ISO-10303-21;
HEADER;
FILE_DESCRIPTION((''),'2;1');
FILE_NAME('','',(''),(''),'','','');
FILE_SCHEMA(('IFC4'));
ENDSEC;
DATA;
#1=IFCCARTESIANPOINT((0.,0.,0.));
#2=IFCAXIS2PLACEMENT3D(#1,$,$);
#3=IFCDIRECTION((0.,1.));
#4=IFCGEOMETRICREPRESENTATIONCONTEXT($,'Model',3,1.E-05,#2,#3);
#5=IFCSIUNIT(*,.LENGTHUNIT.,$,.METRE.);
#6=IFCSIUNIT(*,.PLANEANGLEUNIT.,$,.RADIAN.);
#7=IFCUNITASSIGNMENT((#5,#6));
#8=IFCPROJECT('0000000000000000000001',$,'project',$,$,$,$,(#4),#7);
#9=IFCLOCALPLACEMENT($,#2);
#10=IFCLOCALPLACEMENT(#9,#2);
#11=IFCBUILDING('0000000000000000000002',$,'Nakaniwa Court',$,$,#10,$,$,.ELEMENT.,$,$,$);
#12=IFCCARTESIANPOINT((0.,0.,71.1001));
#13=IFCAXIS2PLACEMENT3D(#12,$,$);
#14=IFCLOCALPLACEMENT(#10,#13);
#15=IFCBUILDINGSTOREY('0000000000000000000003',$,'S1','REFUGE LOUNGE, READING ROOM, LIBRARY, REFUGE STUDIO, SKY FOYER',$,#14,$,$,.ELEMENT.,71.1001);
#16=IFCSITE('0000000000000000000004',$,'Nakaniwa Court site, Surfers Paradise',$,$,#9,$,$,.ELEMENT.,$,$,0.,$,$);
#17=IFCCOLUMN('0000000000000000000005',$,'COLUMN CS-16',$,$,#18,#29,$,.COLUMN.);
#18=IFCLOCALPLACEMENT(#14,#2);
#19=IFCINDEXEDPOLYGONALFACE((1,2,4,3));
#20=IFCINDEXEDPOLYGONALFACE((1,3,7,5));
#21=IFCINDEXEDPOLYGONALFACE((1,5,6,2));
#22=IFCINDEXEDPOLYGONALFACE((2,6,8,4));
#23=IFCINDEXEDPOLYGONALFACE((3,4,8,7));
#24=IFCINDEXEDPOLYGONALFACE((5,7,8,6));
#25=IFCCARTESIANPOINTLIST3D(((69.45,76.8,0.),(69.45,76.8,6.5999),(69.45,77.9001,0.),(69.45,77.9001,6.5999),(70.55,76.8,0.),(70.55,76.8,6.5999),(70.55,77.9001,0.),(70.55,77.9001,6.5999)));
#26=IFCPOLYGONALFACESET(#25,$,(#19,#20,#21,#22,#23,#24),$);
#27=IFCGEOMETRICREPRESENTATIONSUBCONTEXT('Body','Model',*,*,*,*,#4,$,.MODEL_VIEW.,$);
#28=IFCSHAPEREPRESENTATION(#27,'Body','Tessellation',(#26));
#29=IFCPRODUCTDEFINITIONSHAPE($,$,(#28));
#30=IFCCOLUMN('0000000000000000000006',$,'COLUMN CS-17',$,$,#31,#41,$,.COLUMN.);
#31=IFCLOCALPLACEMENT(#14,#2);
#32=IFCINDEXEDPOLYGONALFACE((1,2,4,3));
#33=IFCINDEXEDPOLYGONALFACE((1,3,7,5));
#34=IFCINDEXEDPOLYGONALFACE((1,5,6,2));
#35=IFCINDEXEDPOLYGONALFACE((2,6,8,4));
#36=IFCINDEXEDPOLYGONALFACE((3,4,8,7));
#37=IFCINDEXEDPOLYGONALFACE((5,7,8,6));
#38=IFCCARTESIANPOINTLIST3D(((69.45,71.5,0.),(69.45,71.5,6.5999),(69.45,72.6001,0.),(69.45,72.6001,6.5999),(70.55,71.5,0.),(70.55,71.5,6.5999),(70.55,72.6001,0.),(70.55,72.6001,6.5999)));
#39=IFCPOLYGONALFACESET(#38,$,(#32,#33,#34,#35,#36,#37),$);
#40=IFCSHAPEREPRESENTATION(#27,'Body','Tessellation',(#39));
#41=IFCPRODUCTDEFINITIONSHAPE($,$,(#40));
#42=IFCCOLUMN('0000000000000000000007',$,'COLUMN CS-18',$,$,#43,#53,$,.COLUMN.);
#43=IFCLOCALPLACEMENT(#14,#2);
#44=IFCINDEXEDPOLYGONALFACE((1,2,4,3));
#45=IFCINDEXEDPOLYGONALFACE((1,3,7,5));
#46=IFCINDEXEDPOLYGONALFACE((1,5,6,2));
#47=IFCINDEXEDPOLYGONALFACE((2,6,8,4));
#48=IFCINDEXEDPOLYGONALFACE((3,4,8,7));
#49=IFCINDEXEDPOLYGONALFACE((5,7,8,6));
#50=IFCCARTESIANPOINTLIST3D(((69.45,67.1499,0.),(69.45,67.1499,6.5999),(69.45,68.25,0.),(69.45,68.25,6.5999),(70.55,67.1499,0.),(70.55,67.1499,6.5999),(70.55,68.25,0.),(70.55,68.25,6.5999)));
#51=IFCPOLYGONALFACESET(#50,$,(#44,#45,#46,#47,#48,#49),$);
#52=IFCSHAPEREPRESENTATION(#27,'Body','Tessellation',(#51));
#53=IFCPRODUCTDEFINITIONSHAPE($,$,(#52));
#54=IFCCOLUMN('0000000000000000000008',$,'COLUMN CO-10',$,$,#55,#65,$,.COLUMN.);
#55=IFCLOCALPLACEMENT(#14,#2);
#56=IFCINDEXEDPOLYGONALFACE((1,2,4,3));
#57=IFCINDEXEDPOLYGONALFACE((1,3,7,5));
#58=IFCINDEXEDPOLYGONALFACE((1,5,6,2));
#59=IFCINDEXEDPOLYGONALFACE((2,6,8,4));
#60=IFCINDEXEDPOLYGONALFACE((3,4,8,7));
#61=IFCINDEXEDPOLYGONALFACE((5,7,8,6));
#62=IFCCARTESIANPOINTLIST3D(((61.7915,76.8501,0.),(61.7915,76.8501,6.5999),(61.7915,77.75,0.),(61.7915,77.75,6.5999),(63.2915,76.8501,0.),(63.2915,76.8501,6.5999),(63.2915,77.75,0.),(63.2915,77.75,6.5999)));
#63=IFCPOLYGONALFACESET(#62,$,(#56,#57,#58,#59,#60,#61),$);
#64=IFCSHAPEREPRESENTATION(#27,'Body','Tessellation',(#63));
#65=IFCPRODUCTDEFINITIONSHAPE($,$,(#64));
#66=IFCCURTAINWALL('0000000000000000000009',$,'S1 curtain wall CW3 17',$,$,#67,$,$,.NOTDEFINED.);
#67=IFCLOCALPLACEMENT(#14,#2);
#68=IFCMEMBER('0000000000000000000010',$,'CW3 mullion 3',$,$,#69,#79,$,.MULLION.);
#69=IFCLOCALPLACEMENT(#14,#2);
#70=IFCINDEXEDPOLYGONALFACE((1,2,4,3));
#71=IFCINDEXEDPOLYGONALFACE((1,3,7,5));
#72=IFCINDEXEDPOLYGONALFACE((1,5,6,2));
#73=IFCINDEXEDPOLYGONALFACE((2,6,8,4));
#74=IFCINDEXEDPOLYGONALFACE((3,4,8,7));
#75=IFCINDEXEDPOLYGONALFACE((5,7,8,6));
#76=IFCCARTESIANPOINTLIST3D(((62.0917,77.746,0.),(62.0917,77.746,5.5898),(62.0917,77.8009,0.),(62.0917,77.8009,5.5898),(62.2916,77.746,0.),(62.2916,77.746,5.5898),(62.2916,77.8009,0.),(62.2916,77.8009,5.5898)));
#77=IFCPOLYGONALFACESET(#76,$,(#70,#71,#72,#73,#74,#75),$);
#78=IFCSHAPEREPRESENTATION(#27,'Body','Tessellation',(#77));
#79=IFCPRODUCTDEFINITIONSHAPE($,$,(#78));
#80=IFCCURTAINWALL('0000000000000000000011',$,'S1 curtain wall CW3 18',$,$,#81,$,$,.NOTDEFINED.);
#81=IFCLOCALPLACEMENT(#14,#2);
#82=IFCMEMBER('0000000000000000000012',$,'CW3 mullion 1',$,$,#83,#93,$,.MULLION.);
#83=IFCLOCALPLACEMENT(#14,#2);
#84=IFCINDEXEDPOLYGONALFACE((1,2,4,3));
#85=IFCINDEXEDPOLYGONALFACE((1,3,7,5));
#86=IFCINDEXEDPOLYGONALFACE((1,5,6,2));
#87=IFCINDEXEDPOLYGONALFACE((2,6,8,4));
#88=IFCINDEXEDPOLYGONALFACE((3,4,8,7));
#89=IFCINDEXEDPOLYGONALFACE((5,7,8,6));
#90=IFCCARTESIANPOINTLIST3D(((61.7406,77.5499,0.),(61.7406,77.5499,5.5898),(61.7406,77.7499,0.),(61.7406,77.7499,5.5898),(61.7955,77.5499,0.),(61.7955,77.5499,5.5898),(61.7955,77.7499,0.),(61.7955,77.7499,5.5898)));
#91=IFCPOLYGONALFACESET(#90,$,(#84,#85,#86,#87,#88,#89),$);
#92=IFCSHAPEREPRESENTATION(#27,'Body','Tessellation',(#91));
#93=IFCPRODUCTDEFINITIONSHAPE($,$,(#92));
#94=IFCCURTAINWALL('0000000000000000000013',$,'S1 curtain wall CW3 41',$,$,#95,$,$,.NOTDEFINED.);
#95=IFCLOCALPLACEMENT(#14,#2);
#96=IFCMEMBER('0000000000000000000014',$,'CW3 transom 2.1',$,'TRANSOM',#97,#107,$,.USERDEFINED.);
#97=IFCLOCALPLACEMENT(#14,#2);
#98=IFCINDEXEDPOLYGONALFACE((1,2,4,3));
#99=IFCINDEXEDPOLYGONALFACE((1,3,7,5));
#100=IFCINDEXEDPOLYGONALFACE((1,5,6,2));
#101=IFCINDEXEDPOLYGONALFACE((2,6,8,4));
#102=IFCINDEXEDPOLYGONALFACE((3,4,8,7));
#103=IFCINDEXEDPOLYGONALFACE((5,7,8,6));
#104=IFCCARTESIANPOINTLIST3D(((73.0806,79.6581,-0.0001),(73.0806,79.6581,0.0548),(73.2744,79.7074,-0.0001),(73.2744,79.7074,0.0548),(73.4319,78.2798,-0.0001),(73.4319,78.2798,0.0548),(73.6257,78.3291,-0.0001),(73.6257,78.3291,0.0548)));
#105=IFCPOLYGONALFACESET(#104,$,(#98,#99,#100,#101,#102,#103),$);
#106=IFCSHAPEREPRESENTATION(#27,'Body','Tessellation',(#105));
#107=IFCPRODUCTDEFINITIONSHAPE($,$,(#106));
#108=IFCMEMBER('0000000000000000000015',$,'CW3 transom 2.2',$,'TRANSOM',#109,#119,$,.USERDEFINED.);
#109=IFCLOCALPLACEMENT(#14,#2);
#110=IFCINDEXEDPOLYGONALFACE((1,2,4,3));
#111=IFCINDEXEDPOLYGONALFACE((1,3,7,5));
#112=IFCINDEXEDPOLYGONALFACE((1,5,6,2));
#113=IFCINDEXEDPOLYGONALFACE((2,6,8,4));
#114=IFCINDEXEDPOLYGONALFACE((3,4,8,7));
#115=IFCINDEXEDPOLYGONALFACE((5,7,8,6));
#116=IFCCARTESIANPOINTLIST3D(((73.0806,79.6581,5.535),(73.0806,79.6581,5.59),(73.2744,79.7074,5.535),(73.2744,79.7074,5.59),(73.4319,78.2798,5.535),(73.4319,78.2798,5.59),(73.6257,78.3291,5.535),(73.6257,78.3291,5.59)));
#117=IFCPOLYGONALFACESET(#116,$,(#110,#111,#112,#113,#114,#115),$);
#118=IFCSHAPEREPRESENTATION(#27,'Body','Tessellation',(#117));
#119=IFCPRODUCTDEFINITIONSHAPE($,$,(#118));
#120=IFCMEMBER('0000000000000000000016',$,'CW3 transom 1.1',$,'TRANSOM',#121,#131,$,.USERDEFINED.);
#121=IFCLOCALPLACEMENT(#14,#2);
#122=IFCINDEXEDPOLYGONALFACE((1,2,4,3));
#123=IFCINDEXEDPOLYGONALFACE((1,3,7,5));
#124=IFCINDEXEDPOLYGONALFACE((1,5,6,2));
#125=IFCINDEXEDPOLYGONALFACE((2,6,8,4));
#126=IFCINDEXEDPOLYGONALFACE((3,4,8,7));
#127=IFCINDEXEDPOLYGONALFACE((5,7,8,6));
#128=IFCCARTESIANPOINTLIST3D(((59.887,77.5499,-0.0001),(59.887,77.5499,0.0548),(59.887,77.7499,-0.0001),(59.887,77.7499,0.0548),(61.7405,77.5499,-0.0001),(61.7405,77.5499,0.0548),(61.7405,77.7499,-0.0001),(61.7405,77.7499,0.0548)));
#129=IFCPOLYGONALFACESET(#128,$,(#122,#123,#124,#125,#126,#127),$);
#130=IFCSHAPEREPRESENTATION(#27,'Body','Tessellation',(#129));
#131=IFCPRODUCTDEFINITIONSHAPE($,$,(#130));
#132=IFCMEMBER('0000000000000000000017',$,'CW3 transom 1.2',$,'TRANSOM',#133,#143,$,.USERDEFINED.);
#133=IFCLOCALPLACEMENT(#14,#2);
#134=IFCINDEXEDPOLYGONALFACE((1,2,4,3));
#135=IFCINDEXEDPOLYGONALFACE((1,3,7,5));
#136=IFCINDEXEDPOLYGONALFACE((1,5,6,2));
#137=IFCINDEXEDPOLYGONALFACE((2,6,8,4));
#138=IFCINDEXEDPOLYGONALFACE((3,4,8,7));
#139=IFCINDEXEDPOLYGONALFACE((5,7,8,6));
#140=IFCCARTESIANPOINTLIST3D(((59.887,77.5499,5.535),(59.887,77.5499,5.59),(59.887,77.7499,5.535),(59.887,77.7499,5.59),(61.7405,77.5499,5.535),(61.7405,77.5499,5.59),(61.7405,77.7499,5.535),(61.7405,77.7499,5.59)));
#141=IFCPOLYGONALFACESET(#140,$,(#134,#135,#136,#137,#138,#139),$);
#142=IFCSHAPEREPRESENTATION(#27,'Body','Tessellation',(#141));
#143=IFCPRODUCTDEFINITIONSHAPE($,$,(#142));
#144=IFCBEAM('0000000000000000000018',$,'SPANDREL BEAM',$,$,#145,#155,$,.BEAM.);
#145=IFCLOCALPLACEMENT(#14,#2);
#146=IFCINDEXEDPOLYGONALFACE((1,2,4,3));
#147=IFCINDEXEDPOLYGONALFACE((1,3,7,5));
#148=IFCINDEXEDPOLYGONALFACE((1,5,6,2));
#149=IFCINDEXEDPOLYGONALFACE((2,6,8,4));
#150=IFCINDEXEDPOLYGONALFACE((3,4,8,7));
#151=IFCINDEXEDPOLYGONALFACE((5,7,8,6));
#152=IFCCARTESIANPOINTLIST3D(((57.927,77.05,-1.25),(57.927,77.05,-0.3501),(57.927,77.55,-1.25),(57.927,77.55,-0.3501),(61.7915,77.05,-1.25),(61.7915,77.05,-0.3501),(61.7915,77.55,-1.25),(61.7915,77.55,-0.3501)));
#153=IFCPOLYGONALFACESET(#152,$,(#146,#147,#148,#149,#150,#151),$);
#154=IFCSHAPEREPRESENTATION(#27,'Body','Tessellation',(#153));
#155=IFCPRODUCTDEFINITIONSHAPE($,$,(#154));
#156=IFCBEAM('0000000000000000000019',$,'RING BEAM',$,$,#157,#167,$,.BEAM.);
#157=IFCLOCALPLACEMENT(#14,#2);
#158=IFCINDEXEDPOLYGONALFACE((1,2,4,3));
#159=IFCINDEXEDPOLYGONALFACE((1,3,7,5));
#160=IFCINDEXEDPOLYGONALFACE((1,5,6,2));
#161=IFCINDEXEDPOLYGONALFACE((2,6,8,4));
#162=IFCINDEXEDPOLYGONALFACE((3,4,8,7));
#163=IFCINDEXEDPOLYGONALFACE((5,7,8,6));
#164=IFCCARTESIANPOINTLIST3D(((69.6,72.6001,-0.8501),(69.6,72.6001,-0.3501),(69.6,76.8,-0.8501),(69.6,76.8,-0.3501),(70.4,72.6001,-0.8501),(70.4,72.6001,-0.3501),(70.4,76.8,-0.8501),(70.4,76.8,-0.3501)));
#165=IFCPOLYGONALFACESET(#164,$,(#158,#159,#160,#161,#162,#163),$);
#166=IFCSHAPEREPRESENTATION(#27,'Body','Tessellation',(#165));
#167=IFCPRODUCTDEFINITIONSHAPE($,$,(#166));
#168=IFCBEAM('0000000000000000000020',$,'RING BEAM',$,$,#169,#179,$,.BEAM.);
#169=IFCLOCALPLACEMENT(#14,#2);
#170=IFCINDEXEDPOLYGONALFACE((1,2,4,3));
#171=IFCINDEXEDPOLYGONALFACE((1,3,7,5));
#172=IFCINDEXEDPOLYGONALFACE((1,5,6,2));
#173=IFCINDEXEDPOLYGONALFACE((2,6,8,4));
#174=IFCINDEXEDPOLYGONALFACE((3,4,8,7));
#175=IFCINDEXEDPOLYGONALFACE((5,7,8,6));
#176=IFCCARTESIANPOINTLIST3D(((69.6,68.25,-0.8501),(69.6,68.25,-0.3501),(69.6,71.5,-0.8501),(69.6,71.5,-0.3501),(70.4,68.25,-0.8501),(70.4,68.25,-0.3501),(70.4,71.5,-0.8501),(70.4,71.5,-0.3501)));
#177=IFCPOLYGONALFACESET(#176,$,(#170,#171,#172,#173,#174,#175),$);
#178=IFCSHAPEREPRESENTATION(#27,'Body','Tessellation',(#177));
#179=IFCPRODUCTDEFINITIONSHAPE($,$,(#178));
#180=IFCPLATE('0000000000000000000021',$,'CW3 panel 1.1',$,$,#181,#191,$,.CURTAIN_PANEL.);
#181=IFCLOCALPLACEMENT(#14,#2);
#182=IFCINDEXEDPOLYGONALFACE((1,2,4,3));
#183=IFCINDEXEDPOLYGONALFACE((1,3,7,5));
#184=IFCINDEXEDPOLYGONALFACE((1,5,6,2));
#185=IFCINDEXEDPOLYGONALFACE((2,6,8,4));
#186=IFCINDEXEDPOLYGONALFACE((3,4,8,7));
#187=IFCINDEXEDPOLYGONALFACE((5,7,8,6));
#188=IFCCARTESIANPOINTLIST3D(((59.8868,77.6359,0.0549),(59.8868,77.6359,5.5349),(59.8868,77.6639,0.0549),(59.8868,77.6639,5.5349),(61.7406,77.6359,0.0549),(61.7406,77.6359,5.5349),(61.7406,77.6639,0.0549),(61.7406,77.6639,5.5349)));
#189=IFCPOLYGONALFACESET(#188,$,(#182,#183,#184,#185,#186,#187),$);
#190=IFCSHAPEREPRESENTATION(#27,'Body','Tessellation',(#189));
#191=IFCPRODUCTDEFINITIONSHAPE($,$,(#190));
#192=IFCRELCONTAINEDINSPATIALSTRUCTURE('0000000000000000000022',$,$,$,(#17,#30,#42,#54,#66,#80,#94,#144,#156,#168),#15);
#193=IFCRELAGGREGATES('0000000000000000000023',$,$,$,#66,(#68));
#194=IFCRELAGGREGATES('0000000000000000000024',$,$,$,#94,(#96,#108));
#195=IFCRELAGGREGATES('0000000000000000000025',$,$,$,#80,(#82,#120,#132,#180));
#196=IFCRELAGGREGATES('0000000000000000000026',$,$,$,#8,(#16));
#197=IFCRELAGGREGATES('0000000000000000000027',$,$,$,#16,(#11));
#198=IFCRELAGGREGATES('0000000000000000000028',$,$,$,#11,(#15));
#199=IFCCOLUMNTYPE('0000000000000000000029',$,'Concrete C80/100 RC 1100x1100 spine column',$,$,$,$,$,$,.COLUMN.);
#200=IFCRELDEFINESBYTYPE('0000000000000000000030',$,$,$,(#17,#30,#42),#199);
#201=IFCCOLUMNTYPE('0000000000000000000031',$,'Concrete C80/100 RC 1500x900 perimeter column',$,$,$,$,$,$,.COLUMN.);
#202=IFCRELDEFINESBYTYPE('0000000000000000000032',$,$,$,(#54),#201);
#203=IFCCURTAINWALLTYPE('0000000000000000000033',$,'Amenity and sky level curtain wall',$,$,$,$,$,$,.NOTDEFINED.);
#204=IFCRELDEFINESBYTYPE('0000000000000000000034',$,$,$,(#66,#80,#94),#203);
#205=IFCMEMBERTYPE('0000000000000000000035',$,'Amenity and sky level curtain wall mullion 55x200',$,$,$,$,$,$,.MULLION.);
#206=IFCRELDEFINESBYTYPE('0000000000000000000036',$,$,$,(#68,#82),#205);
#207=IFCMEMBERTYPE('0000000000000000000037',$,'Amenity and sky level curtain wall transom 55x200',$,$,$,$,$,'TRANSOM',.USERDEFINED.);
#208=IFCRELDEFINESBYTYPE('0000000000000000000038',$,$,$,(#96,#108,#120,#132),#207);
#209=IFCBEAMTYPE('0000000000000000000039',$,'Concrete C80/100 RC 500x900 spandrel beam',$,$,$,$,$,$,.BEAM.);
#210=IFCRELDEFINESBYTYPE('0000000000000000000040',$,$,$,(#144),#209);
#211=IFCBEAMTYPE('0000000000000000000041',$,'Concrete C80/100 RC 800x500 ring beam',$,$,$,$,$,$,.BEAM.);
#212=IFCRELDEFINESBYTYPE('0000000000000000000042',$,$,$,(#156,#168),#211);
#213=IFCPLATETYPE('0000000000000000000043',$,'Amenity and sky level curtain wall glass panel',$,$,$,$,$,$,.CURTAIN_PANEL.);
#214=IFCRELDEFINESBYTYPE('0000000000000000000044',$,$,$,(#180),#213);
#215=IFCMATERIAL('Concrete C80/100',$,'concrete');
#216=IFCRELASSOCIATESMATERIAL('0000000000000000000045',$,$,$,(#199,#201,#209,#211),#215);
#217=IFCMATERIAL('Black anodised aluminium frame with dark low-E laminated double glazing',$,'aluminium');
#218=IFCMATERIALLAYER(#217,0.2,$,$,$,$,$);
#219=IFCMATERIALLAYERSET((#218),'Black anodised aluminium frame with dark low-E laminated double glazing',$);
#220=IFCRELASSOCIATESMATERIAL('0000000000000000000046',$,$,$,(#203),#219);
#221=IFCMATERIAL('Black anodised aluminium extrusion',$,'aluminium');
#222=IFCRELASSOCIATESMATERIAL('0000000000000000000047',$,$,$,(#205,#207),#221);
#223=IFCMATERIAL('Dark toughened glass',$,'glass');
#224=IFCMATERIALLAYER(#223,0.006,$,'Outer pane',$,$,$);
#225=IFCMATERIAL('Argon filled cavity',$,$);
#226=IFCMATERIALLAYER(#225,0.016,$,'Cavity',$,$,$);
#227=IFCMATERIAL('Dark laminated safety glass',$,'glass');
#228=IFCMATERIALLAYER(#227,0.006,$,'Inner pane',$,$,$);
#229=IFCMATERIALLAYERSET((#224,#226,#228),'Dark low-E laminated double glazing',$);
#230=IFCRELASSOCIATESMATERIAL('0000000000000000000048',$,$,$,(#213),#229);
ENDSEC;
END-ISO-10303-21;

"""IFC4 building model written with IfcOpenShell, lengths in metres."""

from ifc_helpers import new_model, si_unit, direction, frame, origin, origin_2d, place, context, subcontext, project, spatial, rectangle, extrude, material, layer, layer_set, material_profile, profile_set, type_object, element, aggregate, save


model = new_model("IFC4")

# Units and contexts
model_context = context("Model", 3, precision=1e-05, world=origin(), true_north=direction((0.0, 1.0)))
body_context = subcontext(model_context, "Body", "Model", "MODEL_VIEW")
ifc_project = project(units=[si_unit("LENGTHUNIT", "METRE"), si_unit("PLANEANGLEUNIT", "RADIAN")], contexts=[model_context])

# Site, building, storey
site_placement = place(None, origin())
site = spatial("IfcSite", under=ifc_project, at=site_placement, Name="Nakaniwa Court site, Surfers Paradise", CompositionType="ELEMENT", RefElevation=0.0)
building_placement = place(site_placement, origin())
building = spatial("IfcBuilding", under=site, at=building_placement, Name="Nakaniwa Court", CompositionType="ELEMENT")
storey_placement = place(building_placement, frame((0.0, 0.0, 71.1001)))
storey = spatial("IfcBuildingStorey", under=building, at=storey_placement, Name="S1", Description="REFUGE LOUNGE, READING ROOM, LIBRARY, REFUGE STUDIO, SKY FOYER", CompositionType="ELEMENT", Elevation=71.1001)

# Columns
ifc_material_1 = material(Name="Concrete C80/100", Category="concrete")
ifc_material_profile_1 = material_profile(ifc_material_1, rectangle(XDim=1.1001, YDim=1.1001, at=origin_2d()), Name="Concrete C80/100 RC 1100x1100 spine column")
ifc_profile_set_1 = profile_set([ifc_material_profile_1], Name="Concrete C80/100")
column_type_1 = type_object("IfcColumnType", Name="Concrete C80/100 RC 1100x1100 spine column", PredefinedType="COLUMN", material=ifc_profile_set_1)
for number, where, z_axis, x_axis, name in (
    (1, (70.0, 77.3501, 0.0), (0.0, 0.0, 1.0), (0.0, -1.0, 0.0), "COLUMN CS-16"),
    (2, (70.0, 72.05, 0.0), (0.0, 0.0, 1.0), (0.0, -1.0, 0.0), "COLUMN CS-17"),
    (3, (70.0, 67.7, 0.0), (0.0, 0.0, 1.0), (0.0, -1.0, 0.0), "COLUMN CS-18"),
):
    element("IfcColumn", number, at=place(storey_placement, frame(where, z_axis=z_axis, x_axis=x_axis)), inside=storey, type_object=column_type_1, Name=name, PredefinedType="COLUMN", context=body_context, shape_type="SweptSolid", body=[
        extrude(rectangle(XDim=1.1001, YDim=1.1001, at=origin_2d()), origin(), (0.0, 0.0, 1.0), 6.5999),
    ])
ifc_material_profile_2 = material_profile(ifc_material_1, rectangle(XDim=1.5, YDim=0.8999, at=origin_2d()), Name="Concrete C80/100 RC 1500x900 perimeter column")
ifc_profile_set_2 = profile_set([ifc_material_profile_2], Name="Concrete C80/100")
column_type_2 = type_object("IfcColumnType", Name="Concrete C80/100 RC 1500x900 perimeter column", PredefinedType="COLUMN", material=ifc_profile_set_2)
column_placement = place(storey_placement, frame((62.5415, 77.3, 0.0), z_axis=(0.0, 0.0, 1.0), x_axis=(-1.0, 0.0, 0.0)))
element("IfcColumn", 4, at=column_placement, inside=storey, type_object=column_type_2, Name="COLUMN CO-10", PredefinedType="COLUMN", context=body_context, shape_type="SweptSolid", body=[
    extrude(rectangle(XDim=1.5, YDim=0.8999, at=origin_2d()), origin(), (0.0, 0.0, 1.0), 6.5999),
])

# Curtain walls, members
ifc_material_2 = material(Name="Black anodised aluminium frame with dark low-E laminated double glazing", Category="aluminium")
ifc_layer_1 = layer(ifc_material_2, 0.2)
ifc_layer_set_1 = layer_set([ifc_layer_1], Name="Black anodised aluminium frame with dark low-E laminated double glazing")
curtain_wall_type = type_object("IfcCurtainWallType", Name="Amenity and sky level curtain wall", PredefinedType="NOTDEFINED", material=ifc_layer_set_1)
curtain_wall_1_placement = place(storey_placement, origin())
curtain_wall_1 = element("IfcCurtainWall", 5, at=curtain_wall_1_placement, inside=storey, type_object=curtain_wall_type, Name="S1 curtain wall CW3 17", PredefinedType="NOTDEFINED")
ifc_material_3 = material(Name="Black anodised aluminium extrusion", Category="aluminium")
ifc_material_profile_3 = material_profile(ifc_material_3, rectangle(XDim=0.2, YDim=0.0549, at=origin_2d()), Name="Amenity and sky level curtain wall mullion 55x200")
ifc_profile_set_3 = profile_set([ifc_material_profile_3], Name="Black anodised aluminium extrusion")
member_type_1 = type_object("IfcMemberType", Name="Amenity and sky level curtain wall mullion 55x200", PredefinedType="MULLION", material=ifc_profile_set_3)
member_1_placement = place(storey_placement, frame((62.1917, 77.7734, 0.0), z_axis=(0.0, 0.0, 1.0), x_axis=(1.0, 0.0, 0.0)))
member_1 = element("IfcMember", 6, at=member_1_placement, type_object=member_type_1, Name="CW3 mullion 3", PredefinedType="MULLION", context=body_context, shape_type="SweptSolid", body=[
    extrude(rectangle(XDim=0.2, YDim=0.0549, at=origin_2d()), origin(), (0.0, 0.0, 1.0), 5.5898),
])
aggregate(curtain_wall_1, [member_1])
curtain_wall_2_placement = place(storey_placement, origin())
curtain_wall_2 = element("IfcCurtainWall", 7, at=curtain_wall_2_placement, inside=storey, type_object=curtain_wall_type, Name="S1 curtain wall CW3 18", PredefinedType="NOTDEFINED")
member_2_placement = place(storey_placement, frame((61.7681, 77.6499, 0.0), z_axis=(0.0, 0.0, 1.0), x_axis=(0.0, -1.0, 0.0)))
member_2 = element("IfcMember", 8, at=member_2_placement, type_object=member_type_1, Name="CW3 mullion 1", PredefinedType="MULLION", context=body_context, shape_type="SweptSolid", body=[
    extrude(rectangle(XDim=0.2, YDim=0.0549, at=origin_2d()), origin(), (0.0, 0.0, 1.0), 5.5898),
])

# Curtain wall, members
curtain_wall_3_placement = place(storey_placement, origin())
curtain_wall_3 = element("IfcCurtainWall", 9, at=curtain_wall_3_placement, inside=storey, type_object=curtain_wall_type, Name="S1 curtain wall CW3 41", PredefinedType="NOTDEFINED")
ifc_material_profile_4 = material_profile(ifc_material_3, rectangle(XDim=0.2, YDim=0.0549, at=origin_2d()), Name="Amenity and sky level curtain wall transom 55x200")
ifc_profile_set_4 = profile_set([ifc_material_profile_4], Name="Black anodised aluminium extrusion")
member_type_2 = type_object("IfcMemberType", Name="Amenity and sky level curtain wall transom 55x200", ElementType="TRANSOM", PredefinedType="USERDEFINED", material=ifc_profile_set_4)
member_3_placement = place(storey_placement, frame((73.5288, 78.3044, 0.0273), z_axis=(-0.246975, 0.969022, 0.0), x_axis=(-0.969022, -0.246975, 0.0)))
member_3 = element("IfcMember", 10, at=member_3_placement, type_object=member_type_2, Name="CW3 transom 2.1", ObjectType="TRANSOM", PredefinedType="USERDEFINED", context=body_context, shape_type="SweptSolid", body=[
    extrude(rectangle(XDim=0.2, YDim=0.0549, at=origin_2d()), origin(), (0.0, 0.0, 1.0), 1.4224),
])
member_4_placement = place(storey_placement, frame((73.5288, 78.3044, 5.5625), z_axis=(-0.246975, 0.969022, 0.0), x_axis=(-0.969022, -0.246975, 0.0)))
member_4 = element("IfcMember", 11, at=member_4_placement, type_object=member_type_2, Name="CW3 transom 2.2", ObjectType="TRANSOM", PredefinedType="USERDEFINED", context=body_context, shape_type="SweptSolid", body=[
    extrude(rectangle(XDim=0.2, YDim=0.0549, at=origin_2d()), origin(), (0.0, 0.0, 1.0), 1.4224),
])
aggregate(curtain_wall_3, [member_3, member_4])

# Members
member_5_placement = place(storey_placement, frame((61.7405, 77.6499, 0.0273), z_axis=(-1.0, 0.0, 0.0), x_axis=(0.0, -1.0, 0.0)))
member_5 = element("IfcMember", 12, at=member_5_placement, type_object=member_type_2, Name="CW3 transom 1.1", ObjectType="TRANSOM", PredefinedType="USERDEFINED", context=body_context, shape_type="SweptSolid", body=[
    extrude(rectangle(XDim=0.2, YDim=0.0549, at=origin_2d()), origin(), (0.0, 0.0, 1.0), 1.8535),
])
member_6_placement = place(storey_placement, frame((61.7405, 77.6499, 5.5625), z_axis=(-1.0, 0.0, 0.0), x_axis=(0.0, -1.0, 0.0)))
member_6 = element("IfcMember", 13, at=member_6_placement, type_object=member_type_2, Name="CW3 transom 1.2", ObjectType="TRANSOM", PredefinedType="USERDEFINED", context=body_context, shape_type="SweptSolid", body=[
    extrude(rectangle(XDim=0.2, YDim=0.0549, at=origin_2d()), origin(), (0.0, 0.0, 1.0), 1.8535),
])

# Beams
ifc_material_profile_5 = material_profile(ifc_material_1, rectangle(XDim=0.5, YDim=0.8999, at=origin_2d()), Name="Concrete C80/100 RC 500x900 spandrel beam")
ifc_profile_set_5 = profile_set([ifc_material_profile_5], Name="Concrete C80/100")
beam_type_1 = type_object("IfcBeamType", Name="Concrete C80/100 RC 500x900 spandrel beam", PredefinedType="BEAM", material=ifc_profile_set_5)
beam_1_placement = place(storey_placement, frame((61.7915, 77.3, -0.8), z_axis=(-1.0, 0.0, 0.0), x_axis=(0.0, -1.0, 0.0)))
element("IfcBeam", 14, at=beam_1_placement, inside=storey, type_object=beam_type_1, Name="SPANDREL BEAM", PredefinedType="BEAM", context=body_context, shape_type="SweptSolid", body=[
    extrude(rectangle(XDim=0.5, YDim=0.8999, at=origin_2d()), origin(), (0.0, 0.0, 1.0), 3.8645),
])
ifc_material_profile_6 = material_profile(ifc_material_1, rectangle(XDim=0.8, YDim=0.5, at=origin_2d()), Name="Concrete C80/100 RC 800x500 ring beam")
ifc_profile_set_6 = profile_set([ifc_material_profile_6], Name="Concrete C80/100")
beam_type_2 = type_object("IfcBeamType", Name="Concrete C80/100 RC 800x500 ring beam", PredefinedType="BEAM", material=ifc_profile_set_6)
beam_2_placement = place(storey_placement, frame((70.0, 76.8, -0.6001), z_axis=(0.0, -1.0, 0.0), x_axis=(1.0, 0.0, 0.0)))
element("IfcBeam", 15, at=beam_2_placement, inside=storey, type_object=beam_type_2, Name="RING BEAM", PredefinedType="BEAM", context=body_context, shape_type="SweptSolid", body=[
    extrude(rectangle(XDim=0.8, YDim=0.5, at=origin_2d()), origin(), (0.0, 0.0, 1.0), 4.2),
])
beam_3_placement = place(storey_placement, frame((70.0, 71.5, -0.6001), z_axis=(0.0, -1.0, 0.0), x_axis=(1.0, 0.0, 0.0)))
element("IfcBeam", 16, at=beam_3_placement, inside=storey, type_object=beam_type_2, Name="RING BEAM", PredefinedType="BEAM", context=body_context, shape_type="SweptSolid", body=[
    extrude(rectangle(XDim=0.8, YDim=0.5, at=origin_2d()), origin(), (0.0, 0.0, 1.0), 3.25),
])

# Plate
ifc_material_4 = material(Name="Dark toughened glass", Category="glass")
ifc_layer_2 = layer(ifc_material_4, 0.006, Name="Outer pane")
ifc_material_5 = material(Name="Argon filled cavity")
ifc_layer_3 = layer(ifc_material_5, 0.016, Name="Cavity")
ifc_material_6 = material(Name="Dark laminated safety glass", Category="glass")
ifc_layer_4 = layer(ifc_material_6, 0.006, Name="Inner pane")
ifc_layer_set_2 = layer_set([ifc_layer_2, ifc_layer_3, ifc_layer_4], Name="Dark low-E laminated double glazing")
plate_type = type_object("IfcPlateType", Name="Amenity and sky level curtain wall glass panel", PredefinedType="CURTAIN_PANEL", material=ifc_layer_set_2)
plate_placement = place(storey_placement, frame((60.8137, 77.6499, 0.0549), z_axis=(0.0, 0.0, 1.0), x_axis=(-1.0, 0.0, 0.0)))
plate = element("IfcPlate", 17, at=plate_placement, type_object=plate_type, Name="CW3 panel 1.1", PredefinedType="CURTAIN_PANEL", context=body_context, shape_type="SweptSolid", body=[
    extrude(rectangle(XDim=1.8538, YDim=0.0281, at=origin_2d()), origin(), (0.0, 0.0, 1.0), 5.48),
])
aggregate(curtain_wall_2, [member_2, member_5, member_6, plate])

save(model, "model.ifc")
